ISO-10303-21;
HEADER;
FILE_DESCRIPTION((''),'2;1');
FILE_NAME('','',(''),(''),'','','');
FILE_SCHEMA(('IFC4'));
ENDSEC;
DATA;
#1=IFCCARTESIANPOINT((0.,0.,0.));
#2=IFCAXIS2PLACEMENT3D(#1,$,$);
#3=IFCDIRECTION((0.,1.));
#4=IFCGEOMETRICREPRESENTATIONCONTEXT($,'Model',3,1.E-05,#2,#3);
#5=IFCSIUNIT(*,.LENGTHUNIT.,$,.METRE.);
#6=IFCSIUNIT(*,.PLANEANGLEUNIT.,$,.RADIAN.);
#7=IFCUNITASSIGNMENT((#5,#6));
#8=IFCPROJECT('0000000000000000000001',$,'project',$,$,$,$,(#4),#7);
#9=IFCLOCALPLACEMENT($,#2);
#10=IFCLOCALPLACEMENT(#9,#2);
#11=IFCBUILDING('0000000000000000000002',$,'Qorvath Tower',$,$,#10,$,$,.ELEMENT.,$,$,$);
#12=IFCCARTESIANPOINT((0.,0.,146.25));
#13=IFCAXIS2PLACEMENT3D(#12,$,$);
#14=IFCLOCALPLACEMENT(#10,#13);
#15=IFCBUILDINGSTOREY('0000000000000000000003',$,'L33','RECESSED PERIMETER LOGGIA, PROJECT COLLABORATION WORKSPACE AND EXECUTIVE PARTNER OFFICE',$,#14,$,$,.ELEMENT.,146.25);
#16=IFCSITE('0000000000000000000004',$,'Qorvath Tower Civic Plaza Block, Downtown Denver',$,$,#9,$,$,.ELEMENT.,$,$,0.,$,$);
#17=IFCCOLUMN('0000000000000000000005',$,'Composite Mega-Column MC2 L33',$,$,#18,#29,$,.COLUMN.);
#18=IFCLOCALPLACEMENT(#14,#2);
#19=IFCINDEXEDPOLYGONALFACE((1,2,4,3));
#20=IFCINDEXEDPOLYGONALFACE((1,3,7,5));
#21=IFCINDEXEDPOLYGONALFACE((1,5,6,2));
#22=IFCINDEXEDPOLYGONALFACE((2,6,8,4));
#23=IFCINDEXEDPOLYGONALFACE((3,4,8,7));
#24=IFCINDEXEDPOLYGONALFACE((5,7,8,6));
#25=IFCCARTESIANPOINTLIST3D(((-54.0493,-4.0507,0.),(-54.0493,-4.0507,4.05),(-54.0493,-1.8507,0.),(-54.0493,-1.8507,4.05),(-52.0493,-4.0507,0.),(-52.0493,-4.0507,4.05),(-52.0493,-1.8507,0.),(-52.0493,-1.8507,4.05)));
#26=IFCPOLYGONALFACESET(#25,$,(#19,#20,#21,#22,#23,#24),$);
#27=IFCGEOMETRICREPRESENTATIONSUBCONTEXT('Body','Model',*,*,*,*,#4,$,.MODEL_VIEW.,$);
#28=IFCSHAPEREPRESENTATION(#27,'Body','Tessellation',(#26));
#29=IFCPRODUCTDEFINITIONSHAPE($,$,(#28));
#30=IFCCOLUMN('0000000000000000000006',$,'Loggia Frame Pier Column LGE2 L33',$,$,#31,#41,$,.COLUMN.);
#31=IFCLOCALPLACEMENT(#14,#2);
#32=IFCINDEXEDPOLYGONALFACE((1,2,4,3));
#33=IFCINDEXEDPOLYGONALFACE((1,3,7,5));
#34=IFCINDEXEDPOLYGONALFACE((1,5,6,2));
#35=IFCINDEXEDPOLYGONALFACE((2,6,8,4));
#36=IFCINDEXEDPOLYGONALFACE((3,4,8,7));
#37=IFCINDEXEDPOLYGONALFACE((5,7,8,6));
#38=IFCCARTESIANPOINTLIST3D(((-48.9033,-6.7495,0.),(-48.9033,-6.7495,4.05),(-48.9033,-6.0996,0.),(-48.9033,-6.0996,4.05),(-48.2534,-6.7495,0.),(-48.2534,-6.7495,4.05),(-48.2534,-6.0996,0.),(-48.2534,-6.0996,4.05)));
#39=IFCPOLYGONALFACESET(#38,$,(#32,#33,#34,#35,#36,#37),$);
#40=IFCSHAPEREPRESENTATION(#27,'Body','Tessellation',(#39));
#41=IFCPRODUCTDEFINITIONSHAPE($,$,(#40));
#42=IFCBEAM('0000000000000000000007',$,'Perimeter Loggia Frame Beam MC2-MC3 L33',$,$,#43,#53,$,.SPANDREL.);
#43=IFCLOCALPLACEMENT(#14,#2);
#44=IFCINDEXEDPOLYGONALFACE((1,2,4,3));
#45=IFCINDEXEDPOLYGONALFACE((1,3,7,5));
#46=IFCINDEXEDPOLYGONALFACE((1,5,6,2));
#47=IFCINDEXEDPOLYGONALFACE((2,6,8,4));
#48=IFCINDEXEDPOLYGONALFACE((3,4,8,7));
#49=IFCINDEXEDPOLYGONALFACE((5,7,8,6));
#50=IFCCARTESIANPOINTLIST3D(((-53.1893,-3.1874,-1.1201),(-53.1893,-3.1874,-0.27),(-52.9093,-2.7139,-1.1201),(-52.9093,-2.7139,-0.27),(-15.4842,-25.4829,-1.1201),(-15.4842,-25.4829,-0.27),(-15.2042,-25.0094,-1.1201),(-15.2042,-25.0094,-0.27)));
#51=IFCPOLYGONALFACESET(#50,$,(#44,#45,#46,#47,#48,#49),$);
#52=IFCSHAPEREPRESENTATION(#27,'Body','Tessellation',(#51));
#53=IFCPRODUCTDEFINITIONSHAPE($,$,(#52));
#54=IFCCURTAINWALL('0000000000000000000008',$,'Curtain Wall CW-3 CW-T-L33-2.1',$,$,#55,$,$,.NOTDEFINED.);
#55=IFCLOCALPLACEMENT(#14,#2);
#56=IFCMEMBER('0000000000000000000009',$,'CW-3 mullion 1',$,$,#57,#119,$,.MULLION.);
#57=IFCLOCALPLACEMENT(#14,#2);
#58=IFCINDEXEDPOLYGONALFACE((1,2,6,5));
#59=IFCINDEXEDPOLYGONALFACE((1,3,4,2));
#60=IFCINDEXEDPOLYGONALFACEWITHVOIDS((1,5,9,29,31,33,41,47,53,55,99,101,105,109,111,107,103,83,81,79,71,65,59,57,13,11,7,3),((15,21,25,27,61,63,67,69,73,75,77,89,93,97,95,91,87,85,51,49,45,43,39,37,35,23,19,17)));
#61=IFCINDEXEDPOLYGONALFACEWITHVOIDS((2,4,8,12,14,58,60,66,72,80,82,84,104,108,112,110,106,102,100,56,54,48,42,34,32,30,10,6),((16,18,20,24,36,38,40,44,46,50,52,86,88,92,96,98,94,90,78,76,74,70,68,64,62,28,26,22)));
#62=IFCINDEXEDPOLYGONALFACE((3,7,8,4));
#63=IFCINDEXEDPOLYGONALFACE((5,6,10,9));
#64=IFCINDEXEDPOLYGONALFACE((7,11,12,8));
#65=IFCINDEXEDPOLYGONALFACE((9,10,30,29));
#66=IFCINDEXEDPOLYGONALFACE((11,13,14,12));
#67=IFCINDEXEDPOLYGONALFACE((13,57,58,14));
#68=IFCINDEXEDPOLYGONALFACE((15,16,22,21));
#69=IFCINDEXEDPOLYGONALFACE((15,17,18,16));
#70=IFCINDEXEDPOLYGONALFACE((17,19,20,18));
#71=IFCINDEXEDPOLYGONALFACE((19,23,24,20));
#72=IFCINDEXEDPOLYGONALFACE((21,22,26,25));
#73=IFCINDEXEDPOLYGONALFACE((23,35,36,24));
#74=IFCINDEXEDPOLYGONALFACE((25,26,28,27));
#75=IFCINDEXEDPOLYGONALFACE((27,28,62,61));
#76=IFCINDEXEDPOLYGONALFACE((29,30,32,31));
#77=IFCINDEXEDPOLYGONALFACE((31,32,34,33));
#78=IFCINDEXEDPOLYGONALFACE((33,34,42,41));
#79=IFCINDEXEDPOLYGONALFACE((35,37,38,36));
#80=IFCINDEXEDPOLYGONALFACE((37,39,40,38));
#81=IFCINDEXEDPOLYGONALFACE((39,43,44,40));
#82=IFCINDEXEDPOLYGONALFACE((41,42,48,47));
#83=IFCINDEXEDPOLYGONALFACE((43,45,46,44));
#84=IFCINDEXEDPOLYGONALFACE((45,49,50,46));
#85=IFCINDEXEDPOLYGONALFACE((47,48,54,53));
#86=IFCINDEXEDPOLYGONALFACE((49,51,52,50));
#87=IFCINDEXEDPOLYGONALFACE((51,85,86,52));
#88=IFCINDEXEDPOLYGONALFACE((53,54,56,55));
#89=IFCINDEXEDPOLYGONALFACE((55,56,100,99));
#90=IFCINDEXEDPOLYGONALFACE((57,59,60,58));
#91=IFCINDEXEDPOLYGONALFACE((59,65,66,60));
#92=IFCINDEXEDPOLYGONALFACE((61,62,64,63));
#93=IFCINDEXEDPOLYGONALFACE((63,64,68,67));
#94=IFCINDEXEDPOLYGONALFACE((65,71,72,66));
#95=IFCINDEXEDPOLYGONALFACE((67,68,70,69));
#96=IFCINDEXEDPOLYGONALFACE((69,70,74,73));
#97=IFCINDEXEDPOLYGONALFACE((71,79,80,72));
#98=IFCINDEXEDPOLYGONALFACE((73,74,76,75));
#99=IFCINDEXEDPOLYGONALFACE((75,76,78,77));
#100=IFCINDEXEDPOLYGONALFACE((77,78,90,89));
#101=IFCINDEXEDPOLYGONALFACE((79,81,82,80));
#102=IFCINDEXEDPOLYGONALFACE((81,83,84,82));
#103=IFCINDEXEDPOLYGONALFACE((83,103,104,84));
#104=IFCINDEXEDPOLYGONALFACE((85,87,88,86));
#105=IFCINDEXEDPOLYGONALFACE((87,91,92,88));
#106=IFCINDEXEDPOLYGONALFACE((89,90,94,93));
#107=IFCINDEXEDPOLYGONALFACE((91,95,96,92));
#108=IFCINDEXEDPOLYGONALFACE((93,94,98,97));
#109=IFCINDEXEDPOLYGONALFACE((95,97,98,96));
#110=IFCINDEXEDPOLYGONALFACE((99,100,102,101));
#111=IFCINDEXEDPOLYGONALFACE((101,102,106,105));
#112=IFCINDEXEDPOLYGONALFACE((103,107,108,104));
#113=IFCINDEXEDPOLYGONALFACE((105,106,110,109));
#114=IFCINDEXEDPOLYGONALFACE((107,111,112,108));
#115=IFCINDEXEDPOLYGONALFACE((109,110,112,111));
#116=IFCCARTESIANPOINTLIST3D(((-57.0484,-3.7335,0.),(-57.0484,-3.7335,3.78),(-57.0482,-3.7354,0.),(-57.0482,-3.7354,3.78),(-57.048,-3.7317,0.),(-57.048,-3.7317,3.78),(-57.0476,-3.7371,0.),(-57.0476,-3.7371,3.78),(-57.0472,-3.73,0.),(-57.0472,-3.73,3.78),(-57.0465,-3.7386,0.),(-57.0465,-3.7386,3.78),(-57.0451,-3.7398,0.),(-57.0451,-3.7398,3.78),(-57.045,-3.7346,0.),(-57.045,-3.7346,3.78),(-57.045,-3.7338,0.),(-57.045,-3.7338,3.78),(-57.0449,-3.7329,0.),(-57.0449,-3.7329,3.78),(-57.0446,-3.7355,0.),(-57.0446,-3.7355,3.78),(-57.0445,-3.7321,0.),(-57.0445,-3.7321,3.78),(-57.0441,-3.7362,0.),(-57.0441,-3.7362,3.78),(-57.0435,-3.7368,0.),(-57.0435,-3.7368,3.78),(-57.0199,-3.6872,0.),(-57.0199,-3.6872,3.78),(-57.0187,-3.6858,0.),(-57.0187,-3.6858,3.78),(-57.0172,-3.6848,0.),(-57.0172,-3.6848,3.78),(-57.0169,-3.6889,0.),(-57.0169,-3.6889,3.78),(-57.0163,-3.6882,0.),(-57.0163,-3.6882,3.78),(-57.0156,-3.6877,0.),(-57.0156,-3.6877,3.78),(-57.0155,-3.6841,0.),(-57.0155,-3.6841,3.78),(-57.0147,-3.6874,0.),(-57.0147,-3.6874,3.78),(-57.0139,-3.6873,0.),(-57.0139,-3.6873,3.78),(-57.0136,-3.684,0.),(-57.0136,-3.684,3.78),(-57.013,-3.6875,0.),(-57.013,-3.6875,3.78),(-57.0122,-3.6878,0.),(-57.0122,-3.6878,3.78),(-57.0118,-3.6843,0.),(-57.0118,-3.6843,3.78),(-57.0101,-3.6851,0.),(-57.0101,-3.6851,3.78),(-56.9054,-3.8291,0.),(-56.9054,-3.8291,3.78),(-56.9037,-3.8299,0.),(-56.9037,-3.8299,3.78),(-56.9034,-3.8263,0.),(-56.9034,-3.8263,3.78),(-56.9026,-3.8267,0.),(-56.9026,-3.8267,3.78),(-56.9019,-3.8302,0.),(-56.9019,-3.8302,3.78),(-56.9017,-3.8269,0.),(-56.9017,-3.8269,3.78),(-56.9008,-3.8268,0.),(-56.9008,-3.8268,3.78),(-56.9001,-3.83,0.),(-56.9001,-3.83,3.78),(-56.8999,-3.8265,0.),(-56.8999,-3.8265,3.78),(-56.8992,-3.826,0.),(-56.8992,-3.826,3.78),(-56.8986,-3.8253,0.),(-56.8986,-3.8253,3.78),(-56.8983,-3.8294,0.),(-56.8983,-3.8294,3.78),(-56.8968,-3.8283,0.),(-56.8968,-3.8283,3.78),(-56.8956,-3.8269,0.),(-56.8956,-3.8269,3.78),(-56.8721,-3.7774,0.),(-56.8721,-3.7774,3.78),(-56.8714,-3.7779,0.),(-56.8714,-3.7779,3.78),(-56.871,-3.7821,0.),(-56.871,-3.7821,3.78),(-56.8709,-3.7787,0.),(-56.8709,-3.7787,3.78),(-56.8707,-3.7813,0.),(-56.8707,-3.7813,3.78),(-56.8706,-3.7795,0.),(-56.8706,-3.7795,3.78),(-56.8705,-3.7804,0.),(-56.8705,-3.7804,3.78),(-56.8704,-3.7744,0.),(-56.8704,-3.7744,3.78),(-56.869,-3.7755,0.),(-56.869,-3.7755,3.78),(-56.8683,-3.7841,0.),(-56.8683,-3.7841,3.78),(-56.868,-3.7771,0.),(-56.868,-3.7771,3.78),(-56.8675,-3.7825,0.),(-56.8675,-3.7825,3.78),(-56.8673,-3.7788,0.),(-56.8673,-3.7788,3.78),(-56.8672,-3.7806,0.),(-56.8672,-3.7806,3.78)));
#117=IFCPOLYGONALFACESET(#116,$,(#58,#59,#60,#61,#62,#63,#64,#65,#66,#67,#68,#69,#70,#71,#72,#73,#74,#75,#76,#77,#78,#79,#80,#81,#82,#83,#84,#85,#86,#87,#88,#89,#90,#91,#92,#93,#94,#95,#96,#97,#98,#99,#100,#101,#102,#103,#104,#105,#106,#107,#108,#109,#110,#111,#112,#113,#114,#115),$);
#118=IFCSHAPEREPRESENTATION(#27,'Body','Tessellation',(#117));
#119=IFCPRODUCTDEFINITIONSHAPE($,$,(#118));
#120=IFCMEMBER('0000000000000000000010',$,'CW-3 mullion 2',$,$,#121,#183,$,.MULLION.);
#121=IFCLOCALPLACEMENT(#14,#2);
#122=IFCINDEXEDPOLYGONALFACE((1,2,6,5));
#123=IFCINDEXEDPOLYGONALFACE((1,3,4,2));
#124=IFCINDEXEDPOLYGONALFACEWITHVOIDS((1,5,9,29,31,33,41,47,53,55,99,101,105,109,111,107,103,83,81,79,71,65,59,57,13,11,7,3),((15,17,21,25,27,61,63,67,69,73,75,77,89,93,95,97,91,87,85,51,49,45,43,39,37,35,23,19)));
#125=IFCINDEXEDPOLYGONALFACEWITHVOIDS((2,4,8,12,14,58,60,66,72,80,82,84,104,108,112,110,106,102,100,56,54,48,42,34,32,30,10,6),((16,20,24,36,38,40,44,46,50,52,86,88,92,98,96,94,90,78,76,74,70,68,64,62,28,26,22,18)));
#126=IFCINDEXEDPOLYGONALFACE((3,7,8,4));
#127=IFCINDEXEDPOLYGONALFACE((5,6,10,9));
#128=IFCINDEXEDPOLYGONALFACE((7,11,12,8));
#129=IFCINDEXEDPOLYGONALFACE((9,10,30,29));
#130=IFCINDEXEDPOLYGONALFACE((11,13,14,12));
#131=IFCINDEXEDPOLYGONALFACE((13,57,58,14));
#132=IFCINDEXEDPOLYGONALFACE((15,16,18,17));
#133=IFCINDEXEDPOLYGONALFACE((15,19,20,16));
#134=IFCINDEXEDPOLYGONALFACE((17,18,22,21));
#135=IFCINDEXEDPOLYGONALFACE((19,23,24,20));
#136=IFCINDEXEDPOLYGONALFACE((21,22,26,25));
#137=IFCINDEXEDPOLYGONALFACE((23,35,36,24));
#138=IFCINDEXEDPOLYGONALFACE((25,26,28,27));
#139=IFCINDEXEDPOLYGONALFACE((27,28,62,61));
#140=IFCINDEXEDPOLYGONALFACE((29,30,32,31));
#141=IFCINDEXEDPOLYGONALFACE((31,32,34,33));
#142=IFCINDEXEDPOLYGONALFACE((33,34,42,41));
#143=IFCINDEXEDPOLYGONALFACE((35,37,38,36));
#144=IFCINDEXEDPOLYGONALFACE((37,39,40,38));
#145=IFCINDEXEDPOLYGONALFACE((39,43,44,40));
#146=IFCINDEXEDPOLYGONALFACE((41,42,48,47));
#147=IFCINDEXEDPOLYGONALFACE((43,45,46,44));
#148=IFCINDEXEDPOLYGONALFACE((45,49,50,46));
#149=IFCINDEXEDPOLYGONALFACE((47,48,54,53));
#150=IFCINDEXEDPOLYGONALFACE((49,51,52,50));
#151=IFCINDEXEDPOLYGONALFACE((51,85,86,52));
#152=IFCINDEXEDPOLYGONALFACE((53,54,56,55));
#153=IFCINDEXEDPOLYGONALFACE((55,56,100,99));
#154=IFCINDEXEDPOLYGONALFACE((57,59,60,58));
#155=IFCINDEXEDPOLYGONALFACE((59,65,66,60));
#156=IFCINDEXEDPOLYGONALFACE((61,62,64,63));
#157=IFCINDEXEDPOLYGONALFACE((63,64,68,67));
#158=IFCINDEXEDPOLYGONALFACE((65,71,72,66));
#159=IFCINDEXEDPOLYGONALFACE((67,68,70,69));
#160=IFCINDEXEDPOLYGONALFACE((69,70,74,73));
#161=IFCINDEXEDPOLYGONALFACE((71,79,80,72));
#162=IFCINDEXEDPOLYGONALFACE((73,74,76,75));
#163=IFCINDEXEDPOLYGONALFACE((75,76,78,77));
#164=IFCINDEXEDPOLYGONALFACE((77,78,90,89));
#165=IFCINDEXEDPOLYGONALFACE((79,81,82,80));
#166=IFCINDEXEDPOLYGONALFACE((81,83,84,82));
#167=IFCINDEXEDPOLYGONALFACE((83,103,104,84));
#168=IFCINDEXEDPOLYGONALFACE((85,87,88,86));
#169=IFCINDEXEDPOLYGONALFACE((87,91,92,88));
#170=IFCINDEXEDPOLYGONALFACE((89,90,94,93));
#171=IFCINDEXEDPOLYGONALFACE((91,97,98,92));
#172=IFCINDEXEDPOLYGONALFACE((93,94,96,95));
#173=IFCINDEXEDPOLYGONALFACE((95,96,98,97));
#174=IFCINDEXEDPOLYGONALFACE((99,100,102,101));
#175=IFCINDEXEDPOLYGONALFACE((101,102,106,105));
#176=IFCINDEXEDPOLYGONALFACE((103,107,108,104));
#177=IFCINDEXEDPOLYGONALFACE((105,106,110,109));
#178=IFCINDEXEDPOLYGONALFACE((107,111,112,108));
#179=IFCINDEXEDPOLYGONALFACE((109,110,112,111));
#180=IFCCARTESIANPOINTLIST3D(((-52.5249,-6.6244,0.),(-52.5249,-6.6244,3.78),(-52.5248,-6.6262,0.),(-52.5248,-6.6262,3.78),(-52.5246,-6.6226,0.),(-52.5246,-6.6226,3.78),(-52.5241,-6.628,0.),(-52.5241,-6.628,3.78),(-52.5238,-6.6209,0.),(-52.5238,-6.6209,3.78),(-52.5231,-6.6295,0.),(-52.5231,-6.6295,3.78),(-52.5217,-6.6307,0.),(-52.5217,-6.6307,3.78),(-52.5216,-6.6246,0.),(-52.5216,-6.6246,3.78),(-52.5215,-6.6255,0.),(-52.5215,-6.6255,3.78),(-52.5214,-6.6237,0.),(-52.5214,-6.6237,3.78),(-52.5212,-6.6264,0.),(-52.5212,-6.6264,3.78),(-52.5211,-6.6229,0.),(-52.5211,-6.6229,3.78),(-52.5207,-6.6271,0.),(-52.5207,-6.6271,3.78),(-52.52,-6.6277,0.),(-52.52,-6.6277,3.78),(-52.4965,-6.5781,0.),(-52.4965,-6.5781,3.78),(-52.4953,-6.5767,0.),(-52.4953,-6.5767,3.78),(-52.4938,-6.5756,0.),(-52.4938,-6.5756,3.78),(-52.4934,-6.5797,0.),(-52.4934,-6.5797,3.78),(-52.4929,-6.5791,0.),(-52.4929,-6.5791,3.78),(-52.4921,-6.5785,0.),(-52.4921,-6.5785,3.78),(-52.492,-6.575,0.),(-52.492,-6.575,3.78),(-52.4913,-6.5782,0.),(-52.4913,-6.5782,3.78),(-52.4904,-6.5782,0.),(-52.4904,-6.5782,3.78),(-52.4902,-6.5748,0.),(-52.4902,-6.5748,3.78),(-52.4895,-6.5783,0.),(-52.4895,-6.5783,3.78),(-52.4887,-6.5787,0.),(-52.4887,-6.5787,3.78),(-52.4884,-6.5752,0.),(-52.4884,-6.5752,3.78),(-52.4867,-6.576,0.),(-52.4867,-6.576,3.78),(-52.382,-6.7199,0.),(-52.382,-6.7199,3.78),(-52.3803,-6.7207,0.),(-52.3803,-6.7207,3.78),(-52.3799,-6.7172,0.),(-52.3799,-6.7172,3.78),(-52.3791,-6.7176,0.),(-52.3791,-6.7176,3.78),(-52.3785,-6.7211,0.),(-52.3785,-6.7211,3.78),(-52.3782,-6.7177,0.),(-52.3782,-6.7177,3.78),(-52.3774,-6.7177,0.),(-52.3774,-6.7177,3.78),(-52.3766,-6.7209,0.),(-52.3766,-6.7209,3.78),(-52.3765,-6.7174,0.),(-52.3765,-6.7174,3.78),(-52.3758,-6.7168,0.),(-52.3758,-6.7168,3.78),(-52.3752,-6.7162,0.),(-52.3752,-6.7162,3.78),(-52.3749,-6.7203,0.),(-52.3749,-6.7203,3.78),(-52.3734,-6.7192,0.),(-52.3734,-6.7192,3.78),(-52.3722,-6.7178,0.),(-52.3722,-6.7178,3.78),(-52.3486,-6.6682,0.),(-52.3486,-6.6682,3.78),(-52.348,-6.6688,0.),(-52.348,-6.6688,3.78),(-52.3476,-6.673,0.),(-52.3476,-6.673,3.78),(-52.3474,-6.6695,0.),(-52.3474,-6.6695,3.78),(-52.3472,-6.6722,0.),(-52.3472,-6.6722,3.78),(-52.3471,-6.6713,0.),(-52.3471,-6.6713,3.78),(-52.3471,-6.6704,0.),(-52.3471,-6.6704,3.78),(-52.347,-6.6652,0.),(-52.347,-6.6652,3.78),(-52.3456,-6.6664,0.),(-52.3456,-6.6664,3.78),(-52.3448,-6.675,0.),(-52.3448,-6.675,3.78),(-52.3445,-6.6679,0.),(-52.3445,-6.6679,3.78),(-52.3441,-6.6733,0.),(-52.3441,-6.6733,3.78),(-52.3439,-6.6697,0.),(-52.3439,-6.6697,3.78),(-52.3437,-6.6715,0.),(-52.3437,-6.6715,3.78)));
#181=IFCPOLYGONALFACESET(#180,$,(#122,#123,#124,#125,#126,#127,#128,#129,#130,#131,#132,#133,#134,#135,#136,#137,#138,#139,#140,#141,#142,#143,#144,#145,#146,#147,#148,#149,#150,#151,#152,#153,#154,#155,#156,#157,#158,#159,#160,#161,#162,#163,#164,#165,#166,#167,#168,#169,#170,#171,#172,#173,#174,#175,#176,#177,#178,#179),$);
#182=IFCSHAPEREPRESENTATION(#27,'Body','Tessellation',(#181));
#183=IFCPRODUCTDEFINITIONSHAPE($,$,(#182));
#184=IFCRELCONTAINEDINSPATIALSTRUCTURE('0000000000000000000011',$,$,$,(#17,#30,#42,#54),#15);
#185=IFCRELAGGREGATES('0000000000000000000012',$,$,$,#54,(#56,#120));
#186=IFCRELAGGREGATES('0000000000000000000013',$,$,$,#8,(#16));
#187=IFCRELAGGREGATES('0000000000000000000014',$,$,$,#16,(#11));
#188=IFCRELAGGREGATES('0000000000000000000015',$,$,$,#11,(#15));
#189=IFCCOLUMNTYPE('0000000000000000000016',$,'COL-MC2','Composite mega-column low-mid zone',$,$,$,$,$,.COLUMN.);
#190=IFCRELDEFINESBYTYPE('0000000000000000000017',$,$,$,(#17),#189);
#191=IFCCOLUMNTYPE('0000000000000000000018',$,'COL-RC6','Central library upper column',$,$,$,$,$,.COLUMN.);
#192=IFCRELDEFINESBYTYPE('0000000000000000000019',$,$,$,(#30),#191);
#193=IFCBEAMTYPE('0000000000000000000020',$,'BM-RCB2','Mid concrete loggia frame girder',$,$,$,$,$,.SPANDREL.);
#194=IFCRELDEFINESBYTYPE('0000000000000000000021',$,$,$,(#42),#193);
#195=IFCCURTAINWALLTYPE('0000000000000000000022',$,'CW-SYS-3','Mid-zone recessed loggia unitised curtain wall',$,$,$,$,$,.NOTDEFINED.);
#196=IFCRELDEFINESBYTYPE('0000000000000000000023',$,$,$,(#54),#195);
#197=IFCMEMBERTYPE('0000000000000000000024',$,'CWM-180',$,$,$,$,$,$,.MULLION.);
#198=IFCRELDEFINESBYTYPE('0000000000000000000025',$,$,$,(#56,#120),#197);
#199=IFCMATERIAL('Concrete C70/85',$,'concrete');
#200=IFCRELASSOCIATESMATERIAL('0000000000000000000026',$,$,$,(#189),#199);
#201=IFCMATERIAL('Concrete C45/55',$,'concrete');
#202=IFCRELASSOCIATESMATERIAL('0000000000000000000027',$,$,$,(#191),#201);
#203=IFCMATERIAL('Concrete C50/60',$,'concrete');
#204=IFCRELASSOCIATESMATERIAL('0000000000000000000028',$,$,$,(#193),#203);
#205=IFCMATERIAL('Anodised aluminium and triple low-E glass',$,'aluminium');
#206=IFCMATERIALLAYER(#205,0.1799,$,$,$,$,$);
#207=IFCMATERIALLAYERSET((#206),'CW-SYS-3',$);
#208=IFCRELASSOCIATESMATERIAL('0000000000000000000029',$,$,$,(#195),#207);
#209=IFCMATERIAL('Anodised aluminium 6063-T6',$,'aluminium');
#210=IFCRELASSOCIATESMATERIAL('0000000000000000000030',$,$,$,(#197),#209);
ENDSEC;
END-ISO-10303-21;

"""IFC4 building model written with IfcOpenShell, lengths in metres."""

from ifc_helpers import new_model, si_unit, direction, frame, origin, origin_2d, place, context, subcontext, project, spatial, rectangle, hollow_rectangle, extrude, material, layer, layer_set, material_profile, profile_set, type_object, element, aggregate, save


model = new_model("IFC4")

# Units and contexts
model_context = context("Model", 3, precision=1e-05, world=origin(), true_north=direction((0.0, 1.0)))
body_context = subcontext(model_context, "Body", "Model", "MODEL_VIEW")
ifc_project = project(units=[si_unit("LENGTHUNIT", "METRE"), si_unit("PLANEANGLEUNIT", "RADIAN")], contexts=[model_context])

# Site, building, storey
site_placement = place(None, origin())
site = spatial("IfcSite", under=ifc_project, at=site_placement, Name="Qorvath Tower Civic Plaza Block, Downtown Denver", CompositionType="ELEMENT", RefElevation=0.0)
building_placement = place(site_placement, origin())
building = spatial("IfcBuilding", under=site, at=building_placement, Name="Qorvath Tower", CompositionType="ELEMENT")
storey_placement = place(building_placement, frame((0.0, 0.0, 146.25)))
storey = spatial("IfcBuildingStorey", under=building, at=storey_placement, Name="L33", Description="RECESSED PERIMETER LOGGIA, PROJECT COLLABORATION WORKSPACE AND EXECUTIVE PARTNER OFFICE", CompositionType="ELEMENT", Elevation=146.25)

# Columns
ifc_material_1 = material(Name="Concrete C70/85", Category="concrete")
ifc_material_profile_1 = material_profile(ifc_material_1, rectangle(XDim=2.0, YDim=2.2, at=origin_2d()), Name="MC 2200x2000")
ifc_profile_set_1 = profile_set([ifc_material_profile_1], Name="Concrete C70/85")
column_type_1 = type_object("IfcColumnType", Name="COL-MC2", Description="Composite mega-column low-mid zone", PredefinedType="COLUMN", material=ifc_profile_set_1)
column_1_placement = place(storey_placement, frame((-53.0493, -2.9507, 0.0), z_axis=(0.0, 0.0, 1.0), x_axis=(1.0, 0.0, 0.0)))
element("IfcColumn", 1, at=column_1_placement, inside=storey, type_object=column_type_1, Name="Composite Mega-Column MC2 L33", PredefinedType="COLUMN", context=body_context, shape_type="SweptSolid", body=[
    extrude(rectangle(XDim=2.0, YDim=2.2, at=origin_2d()), origin(), (0.0, 0.0, 1.0), 4.05),
])
ifc_material_2 = material(Name="Concrete C45/55", Category="concrete")
ifc_material_profile_2 = material_profile(ifc_material_2, rectangle(XDim=0.6499, YDim=0.6499, at=origin_2d()), Name="RC 650x650")
ifc_profile_set_2 = profile_set([ifc_material_profile_2], Name="Concrete C45/55")
column_type_2 = type_object("IfcColumnType", Name="COL-RC6", Description="Central library upper column", PredefinedType="COLUMN", material=ifc_profile_set_2)
column_2_placement = place(storey_placement, frame((-48.5784, -6.4246, 0.0), z_axis=(0.0, 0.0, 1.0), x_axis=(1.0, 0.0, 0.0)))
element("IfcColumn", 2, at=column_2_placement, inside=storey, type_object=column_type_2, Name="Loggia Frame Pier Column LGE2 L33", PredefinedType="COLUMN", context=body_context, shape_type="SweptSolid", body=[
    extrude(rectangle(XDim=0.6499, YDim=0.6499, at=origin_2d()), origin(), (0.0, 0.0, 1.0), 4.05),
])

# Beam
ifc_material_3 = material(Name="Concrete C50/60", Category="concrete")
ifc_material_profile_3 = material_profile(ifc_material_3, rectangle(XDim=0.55, YDim=0.8501, at=origin_2d()), Name="RCB 850x550")
ifc_profile_set_3 = profile_set([ifc_material_profile_3], Name="Concrete C50/60")
beam_type = type_object("IfcBeamType", Name="BM-RCB2", Description="Mid concrete loggia frame girder", PredefinedType="SPANDREL", material=ifc_profile_set_3)
beam_placement = place(storey_placement, frame((-53.0493, -2.9507, -0.6951), z_axis=(0.860775, -0.508985, 0.0), x_axis=(0.508985, 0.860775, 0.0)))
element("IfcBeam", 3, at=beam_placement, inside=storey, type_object=beam_type, Name="Perimeter Loggia Frame Beam MC2-MC3 L33", PredefinedType="SPANDREL", context=body_context, shape_type="SweptSolid", body=[
    extrude(rectangle(XDim=0.55, YDim=0.8501, at=origin_2d()), origin(), (0.0, 0.0, 1.0), 43.8037),
])

# Curtain wall, members
ifc_material_4 = material(Name="Anodised aluminium and triple low-E glass", Category="aluminium")
ifc_layer_1 = layer(ifc_material_4, 0.1799)
ifc_layer_set_1 = layer_set([ifc_layer_1], Name="CW-SYS-3")
curtain_wall_type = type_object("IfcCurtainWallType", Name="CW-SYS-3", Description="Mid-zone recessed loggia unitised curtain wall", PredefinedType="NOTDEFINED", material=ifc_layer_set_1)
curtain_wall_placement = place(storey_placement, origin())
curtain_wall = element("IfcCurtainWall", 4, at=curtain_wall_placement, inside=storey, type_object=curtain_wall_type, Name="Curtain Wall CW-3 CW-T-L33-2.1", PredefinedType="NOTDEFINED")
ifc_material_5 = material(Name="Anodised aluminium 6063-T6", Category="aluminium")
ifc_material_profile_4 = material_profile(ifc_material_5, hollow_rectangle(XDim=0.0649, YDim=0.1799, WallThickness=0.0034, InnerFilletRadius=0.0034, OuterFilletRadius=0.0071, at=origin_2d()), Name="CWM 180x65")
ifc_profile_set_4 = profile_set([ifc_material_profile_4], Name="Anodised aluminium 6063-T6")
member_type_1 = type_object("IfcMemberType", Name="CWM-180", PredefinedType="MULLION", material=ifc_profile_set_4)
member_1_placement = place(storey_placement, frame((-56.9578, -3.7571, 0.0), z_axis=(0.0, 0.0, 1.0), x_axis=(0.538533, 0.842604, 0.0)))
member_1 = element("IfcMember", 5, at=member_1_placement, type_object=member_type_1, Name="CW-3 mullion 1", PredefinedType="MULLION", context=body_context, shape_type="SweptSolid", body=[
    extrude(hollow_rectangle(XDim=0.0649, YDim=0.1799, WallThickness=0.0034, InnerFilletRadius=0.0034, OuterFilletRadius=0.0071, at=origin_2d()), origin(), (0.0, 0.0, 1.0), 3.78),
])
member_2_placement = place(storey_placement, frame((-52.4343, -6.6479, 0.0), z_axis=(0.0, 0.0, 1.0), x_axis=(0.538533, 0.842604, 0.0)))
member_2 = element("IfcMember", 6, at=member_2_placement, type_object=member_type_1, Name="CW-3 mullion 2", PredefinedType="MULLION", context=body_context, shape_type="SweptSolid", body=[
    extrude(hollow_rectangle(XDim=0.0649, YDim=0.1799, WallThickness=0.0034, InnerFilletRadius=0.0034, OuterFilletRadius=0.0071, at=origin_2d()), origin(), (0.0, 0.0, 1.0), 3.78),
])
aggregate(curtain_wall, [member_1, member_2])

save(model, "model.ifc")
